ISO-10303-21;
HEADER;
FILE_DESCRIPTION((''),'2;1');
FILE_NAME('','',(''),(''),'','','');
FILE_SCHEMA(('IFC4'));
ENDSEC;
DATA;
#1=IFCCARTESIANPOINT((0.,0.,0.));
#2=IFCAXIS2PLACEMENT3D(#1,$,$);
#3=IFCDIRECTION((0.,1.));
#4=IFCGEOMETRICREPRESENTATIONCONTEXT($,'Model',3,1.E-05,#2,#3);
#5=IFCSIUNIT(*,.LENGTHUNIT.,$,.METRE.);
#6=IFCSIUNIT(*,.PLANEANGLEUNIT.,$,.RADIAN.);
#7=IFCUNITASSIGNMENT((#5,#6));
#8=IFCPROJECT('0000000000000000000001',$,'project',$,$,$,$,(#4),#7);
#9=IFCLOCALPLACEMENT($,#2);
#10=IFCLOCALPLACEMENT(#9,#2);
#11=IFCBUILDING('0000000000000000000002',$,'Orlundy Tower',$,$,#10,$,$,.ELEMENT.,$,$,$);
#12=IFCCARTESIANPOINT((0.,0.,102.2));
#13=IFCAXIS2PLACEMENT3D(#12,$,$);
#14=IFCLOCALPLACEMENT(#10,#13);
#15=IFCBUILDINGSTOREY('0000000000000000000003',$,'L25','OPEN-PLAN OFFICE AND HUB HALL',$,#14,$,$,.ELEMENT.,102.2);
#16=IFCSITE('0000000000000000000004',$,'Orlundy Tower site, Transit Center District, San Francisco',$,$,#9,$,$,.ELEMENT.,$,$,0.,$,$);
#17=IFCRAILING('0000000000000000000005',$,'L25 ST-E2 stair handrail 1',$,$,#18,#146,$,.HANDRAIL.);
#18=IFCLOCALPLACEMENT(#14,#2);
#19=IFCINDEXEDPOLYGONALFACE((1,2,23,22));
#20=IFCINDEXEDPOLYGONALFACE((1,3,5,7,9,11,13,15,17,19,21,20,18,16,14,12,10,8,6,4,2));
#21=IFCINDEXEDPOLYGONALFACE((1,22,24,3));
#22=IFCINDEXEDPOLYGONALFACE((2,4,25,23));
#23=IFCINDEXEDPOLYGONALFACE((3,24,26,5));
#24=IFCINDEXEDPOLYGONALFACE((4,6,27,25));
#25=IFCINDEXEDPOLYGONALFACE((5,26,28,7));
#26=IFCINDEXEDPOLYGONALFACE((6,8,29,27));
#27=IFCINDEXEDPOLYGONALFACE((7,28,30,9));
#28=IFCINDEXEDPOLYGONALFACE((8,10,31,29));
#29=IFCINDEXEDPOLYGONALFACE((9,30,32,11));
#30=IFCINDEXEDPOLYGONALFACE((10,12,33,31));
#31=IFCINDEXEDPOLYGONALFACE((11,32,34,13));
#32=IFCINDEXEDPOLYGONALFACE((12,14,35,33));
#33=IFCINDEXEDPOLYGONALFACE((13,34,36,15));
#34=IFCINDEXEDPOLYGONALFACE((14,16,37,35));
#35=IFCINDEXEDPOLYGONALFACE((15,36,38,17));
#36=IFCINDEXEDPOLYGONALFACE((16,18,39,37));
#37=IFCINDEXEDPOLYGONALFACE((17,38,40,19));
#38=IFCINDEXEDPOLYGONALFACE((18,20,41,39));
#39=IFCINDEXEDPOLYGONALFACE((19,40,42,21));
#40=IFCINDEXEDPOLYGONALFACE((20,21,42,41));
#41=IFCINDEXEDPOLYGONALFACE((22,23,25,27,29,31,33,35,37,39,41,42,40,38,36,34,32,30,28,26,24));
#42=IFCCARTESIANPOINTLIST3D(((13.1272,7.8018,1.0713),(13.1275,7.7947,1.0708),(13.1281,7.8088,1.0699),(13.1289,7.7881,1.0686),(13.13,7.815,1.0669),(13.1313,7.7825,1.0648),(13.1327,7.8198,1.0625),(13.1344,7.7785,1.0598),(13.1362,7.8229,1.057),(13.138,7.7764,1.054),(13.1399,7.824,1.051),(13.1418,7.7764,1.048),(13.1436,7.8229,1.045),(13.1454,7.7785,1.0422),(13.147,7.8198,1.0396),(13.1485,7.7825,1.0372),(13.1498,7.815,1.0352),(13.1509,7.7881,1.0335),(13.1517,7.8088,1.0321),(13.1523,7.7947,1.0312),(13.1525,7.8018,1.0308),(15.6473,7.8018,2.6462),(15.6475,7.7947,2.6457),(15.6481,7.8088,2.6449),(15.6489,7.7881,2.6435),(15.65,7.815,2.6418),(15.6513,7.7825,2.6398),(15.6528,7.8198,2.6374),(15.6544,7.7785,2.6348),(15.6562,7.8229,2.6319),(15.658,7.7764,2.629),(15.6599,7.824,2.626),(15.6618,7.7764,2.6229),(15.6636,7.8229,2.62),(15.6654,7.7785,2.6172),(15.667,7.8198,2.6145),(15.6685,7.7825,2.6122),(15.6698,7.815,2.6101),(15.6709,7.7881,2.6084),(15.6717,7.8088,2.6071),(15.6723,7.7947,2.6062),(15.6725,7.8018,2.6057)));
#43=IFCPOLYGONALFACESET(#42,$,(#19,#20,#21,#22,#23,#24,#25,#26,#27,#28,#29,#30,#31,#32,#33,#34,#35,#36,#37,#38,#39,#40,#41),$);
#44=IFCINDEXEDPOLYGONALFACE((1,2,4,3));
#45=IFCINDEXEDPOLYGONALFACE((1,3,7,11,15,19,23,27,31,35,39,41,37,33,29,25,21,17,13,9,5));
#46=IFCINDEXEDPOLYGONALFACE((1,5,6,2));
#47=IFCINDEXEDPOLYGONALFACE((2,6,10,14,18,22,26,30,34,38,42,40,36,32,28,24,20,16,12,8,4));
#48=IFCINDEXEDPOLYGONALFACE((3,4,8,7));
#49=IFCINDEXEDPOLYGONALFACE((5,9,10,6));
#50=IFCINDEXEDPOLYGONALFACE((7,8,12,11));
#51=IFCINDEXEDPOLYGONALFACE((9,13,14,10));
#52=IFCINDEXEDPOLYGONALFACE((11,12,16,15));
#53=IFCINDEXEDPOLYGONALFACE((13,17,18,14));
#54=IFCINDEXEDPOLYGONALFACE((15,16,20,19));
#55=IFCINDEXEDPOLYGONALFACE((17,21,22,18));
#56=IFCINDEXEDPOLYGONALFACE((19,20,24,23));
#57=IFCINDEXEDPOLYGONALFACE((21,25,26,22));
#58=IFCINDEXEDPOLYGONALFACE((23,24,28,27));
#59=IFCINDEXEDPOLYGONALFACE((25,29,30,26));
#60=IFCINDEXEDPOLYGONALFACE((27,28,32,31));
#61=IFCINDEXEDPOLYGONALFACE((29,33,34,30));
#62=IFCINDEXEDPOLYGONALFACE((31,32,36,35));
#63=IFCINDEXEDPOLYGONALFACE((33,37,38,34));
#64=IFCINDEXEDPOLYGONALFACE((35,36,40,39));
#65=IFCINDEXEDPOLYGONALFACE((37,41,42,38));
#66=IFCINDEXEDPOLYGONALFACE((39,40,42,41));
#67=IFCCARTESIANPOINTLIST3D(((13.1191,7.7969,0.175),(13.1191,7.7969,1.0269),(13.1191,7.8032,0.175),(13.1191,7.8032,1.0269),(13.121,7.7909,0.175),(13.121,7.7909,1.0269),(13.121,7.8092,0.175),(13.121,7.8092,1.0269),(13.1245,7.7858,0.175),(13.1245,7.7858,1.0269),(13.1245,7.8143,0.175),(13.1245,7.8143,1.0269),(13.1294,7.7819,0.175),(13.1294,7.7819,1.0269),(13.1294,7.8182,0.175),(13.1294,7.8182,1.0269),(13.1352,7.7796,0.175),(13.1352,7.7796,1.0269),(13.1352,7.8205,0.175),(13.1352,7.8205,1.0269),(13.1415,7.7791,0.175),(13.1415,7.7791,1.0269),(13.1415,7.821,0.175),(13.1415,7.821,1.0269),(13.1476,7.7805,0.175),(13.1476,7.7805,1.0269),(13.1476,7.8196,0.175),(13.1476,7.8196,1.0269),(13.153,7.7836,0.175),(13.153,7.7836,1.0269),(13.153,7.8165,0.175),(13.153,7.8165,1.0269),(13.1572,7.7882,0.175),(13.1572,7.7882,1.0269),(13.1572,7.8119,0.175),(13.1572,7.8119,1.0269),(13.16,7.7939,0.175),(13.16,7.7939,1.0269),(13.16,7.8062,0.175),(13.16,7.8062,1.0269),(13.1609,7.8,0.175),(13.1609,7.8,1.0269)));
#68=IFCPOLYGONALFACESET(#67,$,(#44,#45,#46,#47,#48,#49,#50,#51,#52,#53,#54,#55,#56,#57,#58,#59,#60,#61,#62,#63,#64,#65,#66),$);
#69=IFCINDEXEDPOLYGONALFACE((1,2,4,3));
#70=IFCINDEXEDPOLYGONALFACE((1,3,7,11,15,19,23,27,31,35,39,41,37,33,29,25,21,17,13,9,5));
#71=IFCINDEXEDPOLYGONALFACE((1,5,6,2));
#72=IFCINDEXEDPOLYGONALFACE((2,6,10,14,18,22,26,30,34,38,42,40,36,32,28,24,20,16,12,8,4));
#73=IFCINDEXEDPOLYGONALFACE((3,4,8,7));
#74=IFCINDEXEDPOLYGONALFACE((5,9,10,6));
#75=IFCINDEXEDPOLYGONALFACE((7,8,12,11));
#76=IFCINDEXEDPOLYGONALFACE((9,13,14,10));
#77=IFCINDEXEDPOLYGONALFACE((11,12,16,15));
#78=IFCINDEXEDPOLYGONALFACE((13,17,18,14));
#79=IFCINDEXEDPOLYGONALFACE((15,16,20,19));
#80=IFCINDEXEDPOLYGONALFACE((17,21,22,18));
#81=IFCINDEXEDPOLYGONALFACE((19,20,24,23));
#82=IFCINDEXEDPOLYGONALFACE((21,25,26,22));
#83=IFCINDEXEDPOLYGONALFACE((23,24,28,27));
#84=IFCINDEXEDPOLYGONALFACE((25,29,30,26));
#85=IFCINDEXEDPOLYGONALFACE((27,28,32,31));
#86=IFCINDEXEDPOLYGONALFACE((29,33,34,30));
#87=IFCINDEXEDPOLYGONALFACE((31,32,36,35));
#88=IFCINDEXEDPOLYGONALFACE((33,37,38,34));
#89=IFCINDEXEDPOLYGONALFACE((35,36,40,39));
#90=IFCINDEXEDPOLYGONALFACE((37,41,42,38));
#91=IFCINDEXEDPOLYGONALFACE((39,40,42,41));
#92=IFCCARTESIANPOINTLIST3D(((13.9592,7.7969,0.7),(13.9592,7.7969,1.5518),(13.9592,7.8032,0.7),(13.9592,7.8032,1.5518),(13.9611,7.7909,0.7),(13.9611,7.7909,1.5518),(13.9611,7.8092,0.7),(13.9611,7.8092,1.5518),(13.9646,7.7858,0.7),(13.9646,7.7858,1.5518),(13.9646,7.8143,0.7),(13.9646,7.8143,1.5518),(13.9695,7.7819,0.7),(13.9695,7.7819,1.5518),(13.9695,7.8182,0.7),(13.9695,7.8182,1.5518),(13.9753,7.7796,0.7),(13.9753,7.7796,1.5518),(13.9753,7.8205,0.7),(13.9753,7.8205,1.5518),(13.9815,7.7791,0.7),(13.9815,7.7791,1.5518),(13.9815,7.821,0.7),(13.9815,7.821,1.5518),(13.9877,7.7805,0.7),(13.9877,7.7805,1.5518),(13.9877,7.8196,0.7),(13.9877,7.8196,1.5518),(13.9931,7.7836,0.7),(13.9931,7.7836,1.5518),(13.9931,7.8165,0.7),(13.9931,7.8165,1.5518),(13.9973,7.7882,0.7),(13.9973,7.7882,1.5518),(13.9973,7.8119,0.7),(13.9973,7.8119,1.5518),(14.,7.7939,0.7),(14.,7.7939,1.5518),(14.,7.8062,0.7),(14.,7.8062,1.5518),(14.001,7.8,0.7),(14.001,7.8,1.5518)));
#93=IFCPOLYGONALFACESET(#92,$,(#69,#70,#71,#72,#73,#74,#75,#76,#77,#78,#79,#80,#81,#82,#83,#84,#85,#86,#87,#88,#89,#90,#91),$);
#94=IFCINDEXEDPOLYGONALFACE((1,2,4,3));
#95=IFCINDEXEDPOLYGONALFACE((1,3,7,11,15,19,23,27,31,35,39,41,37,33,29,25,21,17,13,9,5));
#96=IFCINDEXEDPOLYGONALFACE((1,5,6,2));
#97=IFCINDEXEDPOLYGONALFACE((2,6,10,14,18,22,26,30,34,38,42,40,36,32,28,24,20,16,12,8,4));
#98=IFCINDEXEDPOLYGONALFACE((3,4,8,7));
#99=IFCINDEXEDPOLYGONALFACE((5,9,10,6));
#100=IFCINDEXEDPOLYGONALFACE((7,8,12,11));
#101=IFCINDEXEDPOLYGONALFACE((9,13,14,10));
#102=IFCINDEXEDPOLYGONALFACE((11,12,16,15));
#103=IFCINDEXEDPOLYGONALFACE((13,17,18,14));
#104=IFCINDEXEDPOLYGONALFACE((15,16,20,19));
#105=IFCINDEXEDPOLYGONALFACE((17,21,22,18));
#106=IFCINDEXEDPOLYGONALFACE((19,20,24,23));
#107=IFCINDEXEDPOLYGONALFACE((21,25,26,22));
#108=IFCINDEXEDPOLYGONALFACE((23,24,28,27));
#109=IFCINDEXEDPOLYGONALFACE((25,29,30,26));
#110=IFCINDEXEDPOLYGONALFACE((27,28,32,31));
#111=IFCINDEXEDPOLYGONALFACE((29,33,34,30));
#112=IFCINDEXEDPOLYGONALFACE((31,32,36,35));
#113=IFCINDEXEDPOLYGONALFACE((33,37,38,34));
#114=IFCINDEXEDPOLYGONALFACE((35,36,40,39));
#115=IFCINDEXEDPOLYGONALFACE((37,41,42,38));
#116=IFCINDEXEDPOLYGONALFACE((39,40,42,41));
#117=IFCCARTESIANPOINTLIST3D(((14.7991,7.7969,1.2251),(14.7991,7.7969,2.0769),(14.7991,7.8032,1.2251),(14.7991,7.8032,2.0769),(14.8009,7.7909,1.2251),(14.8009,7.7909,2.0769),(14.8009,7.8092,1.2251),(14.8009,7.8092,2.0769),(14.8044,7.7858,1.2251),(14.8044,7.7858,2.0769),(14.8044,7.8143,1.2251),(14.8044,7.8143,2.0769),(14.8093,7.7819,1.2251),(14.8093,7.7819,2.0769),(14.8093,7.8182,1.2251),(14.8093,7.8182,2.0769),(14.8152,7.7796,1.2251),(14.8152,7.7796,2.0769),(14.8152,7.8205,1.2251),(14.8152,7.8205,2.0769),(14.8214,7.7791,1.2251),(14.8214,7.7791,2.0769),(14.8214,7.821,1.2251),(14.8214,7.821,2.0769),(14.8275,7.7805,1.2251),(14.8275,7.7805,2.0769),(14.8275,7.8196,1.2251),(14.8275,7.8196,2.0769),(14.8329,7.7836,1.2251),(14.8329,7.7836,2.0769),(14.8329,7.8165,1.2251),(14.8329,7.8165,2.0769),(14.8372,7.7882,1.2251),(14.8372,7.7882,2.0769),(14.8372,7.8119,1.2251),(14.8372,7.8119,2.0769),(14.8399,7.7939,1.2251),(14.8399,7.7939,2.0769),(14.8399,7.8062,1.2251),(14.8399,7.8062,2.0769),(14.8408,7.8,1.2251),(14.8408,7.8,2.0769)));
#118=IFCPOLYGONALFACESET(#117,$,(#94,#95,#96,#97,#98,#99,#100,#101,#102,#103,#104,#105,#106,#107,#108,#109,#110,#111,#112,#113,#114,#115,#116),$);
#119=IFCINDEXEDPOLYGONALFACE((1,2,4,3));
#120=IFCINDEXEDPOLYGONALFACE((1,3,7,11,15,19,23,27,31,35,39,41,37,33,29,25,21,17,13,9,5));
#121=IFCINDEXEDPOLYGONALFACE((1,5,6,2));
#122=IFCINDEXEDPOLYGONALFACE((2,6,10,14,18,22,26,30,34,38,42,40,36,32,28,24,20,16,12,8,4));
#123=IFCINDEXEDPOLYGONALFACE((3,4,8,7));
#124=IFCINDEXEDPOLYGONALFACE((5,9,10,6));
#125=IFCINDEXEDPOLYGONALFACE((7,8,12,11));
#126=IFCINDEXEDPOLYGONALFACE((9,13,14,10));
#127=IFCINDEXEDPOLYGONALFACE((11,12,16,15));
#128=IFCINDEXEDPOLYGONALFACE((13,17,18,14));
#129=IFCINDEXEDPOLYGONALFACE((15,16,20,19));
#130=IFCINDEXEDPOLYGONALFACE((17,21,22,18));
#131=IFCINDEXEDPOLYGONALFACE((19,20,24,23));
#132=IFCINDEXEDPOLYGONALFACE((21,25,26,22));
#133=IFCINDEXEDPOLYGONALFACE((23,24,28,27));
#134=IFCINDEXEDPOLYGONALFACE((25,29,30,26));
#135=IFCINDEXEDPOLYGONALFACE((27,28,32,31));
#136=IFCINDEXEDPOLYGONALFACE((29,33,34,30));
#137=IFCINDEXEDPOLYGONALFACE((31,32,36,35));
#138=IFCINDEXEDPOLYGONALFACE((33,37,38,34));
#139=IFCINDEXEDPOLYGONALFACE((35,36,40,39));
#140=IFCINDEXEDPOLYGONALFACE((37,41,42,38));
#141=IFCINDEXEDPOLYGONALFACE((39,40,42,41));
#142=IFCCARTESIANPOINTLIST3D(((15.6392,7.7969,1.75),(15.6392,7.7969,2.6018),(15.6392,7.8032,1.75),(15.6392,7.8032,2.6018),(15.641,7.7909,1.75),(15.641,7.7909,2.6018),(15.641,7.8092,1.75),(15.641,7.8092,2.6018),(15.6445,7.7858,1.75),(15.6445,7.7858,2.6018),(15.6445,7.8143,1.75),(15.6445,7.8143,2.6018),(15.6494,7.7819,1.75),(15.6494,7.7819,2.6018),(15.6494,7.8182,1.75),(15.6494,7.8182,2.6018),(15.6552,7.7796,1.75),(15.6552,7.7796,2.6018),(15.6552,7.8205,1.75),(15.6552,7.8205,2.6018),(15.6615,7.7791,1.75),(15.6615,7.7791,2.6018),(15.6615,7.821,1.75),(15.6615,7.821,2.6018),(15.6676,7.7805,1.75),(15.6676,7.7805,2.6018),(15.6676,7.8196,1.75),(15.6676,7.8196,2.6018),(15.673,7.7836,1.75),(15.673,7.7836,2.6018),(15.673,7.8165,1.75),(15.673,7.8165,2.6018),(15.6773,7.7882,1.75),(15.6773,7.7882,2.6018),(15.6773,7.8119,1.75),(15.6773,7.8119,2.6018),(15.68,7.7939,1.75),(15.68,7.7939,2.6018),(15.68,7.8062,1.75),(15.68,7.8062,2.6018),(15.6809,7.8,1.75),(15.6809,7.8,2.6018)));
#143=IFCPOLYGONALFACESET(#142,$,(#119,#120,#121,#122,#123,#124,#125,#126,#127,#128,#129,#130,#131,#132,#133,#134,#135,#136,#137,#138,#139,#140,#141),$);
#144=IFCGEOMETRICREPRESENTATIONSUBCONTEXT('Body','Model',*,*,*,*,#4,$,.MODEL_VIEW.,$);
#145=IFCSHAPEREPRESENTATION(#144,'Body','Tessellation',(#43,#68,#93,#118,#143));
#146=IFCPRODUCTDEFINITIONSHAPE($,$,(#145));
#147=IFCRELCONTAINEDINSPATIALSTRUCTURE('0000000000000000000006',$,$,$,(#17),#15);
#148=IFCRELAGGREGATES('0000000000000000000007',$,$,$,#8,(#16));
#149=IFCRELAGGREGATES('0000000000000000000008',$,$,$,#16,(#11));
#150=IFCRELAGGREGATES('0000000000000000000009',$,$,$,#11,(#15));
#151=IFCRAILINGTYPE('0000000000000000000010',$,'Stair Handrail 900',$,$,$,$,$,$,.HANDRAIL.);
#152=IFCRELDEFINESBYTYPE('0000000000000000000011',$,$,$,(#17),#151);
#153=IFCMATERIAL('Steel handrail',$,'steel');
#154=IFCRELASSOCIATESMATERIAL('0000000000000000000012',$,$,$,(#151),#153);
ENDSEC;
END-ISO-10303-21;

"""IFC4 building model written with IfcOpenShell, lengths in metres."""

from ifc_helpers import new_model, si_unit, direction, frame, origin, origin_2d, place, context, subcontext, project, spatial, circle, extrude, material, type_object, element, save


model = new_model("IFC4")

# Units and contexts
model_context = context("Model", 3, precision=1e-05, world=origin(), true_north=direction((0.0, 1.0)))
body_context = subcontext(model_context, "Body", "Model", "MODEL_VIEW")
ifc_project = project(units=[si_unit("LENGTHUNIT", "METRE"), si_unit("PLANEANGLEUNIT", "RADIAN")], contexts=[model_context])

# Site, building, storey
site_placement = place(None, origin())
site = spatial("IfcSite", under=ifc_project, at=site_placement, Name="Orlundy Tower site, Transit Center District, San Francisco", CompositionType="ELEMENT", RefElevation=0.0)
building_placement = place(site_placement, origin())
building = spatial("IfcBuilding", under=site, at=building_placement, Name="Orlundy Tower", CompositionType="ELEMENT")
storey_placement = place(building_placement, frame((0.0, 0.0, 102.2)))
storey = spatial("IfcBuildingStorey", under=building, at=storey_placement, Name="L25", Description="OPEN-PLAN OFFICE AND HUB HALL", CompositionType="ELEMENT", Elevation=102.2)

# Railing
ifc_material_1 = material(Name="Steel handrail", Category="steel")
railing_type_1 = type_object("IfcRailingType", Name="Stair Handrail 900", PredefinedType="HANDRAIL", material=ifc_material_1)
railing_1_placement = place(storey_placement, frame((13.1399, 7.8, 0.175)))
element("IfcRailing", 1, at=railing_1_placement, inside=storey, type_object=railing_type_1, Name="L25 ST-E2 stair handrail 1", PredefinedType="HANDRAIL", context=body_context, shape_type="SweptSolid", body=[
    extrude(circle(Radius=0.0239, at=origin_2d()), frame((0.0, 0.0, 0.876), z_axis=(0.848008, 0.0, 0.529984), x_axis=(0.0, 1.0, 0.0)), (0.0, 0.0, 1.0), 2.9717),
    extrude(circle(Radius=0.021, at=origin_2d()), origin(), (0.0, 0.0, 1.0), 0.8518),
    extrude(circle(Radius=0.021, at=origin_2d()), frame((0.8401, 0.0, 0.5249)), (0.0, 0.0, 1.0), 0.8518),
    extrude(circle(Radius=0.021, at=origin_2d()), frame((1.6799, 0.0, 1.05)), (0.0, 0.0, 1.0), 0.8518),
    extrude(circle(Radius=0.021, at=origin_2d()), frame((2.52, 0.0, 1.575)), (0.0, 0.0, 1.0), 0.8518),
])

save(model, "model.ifc")
